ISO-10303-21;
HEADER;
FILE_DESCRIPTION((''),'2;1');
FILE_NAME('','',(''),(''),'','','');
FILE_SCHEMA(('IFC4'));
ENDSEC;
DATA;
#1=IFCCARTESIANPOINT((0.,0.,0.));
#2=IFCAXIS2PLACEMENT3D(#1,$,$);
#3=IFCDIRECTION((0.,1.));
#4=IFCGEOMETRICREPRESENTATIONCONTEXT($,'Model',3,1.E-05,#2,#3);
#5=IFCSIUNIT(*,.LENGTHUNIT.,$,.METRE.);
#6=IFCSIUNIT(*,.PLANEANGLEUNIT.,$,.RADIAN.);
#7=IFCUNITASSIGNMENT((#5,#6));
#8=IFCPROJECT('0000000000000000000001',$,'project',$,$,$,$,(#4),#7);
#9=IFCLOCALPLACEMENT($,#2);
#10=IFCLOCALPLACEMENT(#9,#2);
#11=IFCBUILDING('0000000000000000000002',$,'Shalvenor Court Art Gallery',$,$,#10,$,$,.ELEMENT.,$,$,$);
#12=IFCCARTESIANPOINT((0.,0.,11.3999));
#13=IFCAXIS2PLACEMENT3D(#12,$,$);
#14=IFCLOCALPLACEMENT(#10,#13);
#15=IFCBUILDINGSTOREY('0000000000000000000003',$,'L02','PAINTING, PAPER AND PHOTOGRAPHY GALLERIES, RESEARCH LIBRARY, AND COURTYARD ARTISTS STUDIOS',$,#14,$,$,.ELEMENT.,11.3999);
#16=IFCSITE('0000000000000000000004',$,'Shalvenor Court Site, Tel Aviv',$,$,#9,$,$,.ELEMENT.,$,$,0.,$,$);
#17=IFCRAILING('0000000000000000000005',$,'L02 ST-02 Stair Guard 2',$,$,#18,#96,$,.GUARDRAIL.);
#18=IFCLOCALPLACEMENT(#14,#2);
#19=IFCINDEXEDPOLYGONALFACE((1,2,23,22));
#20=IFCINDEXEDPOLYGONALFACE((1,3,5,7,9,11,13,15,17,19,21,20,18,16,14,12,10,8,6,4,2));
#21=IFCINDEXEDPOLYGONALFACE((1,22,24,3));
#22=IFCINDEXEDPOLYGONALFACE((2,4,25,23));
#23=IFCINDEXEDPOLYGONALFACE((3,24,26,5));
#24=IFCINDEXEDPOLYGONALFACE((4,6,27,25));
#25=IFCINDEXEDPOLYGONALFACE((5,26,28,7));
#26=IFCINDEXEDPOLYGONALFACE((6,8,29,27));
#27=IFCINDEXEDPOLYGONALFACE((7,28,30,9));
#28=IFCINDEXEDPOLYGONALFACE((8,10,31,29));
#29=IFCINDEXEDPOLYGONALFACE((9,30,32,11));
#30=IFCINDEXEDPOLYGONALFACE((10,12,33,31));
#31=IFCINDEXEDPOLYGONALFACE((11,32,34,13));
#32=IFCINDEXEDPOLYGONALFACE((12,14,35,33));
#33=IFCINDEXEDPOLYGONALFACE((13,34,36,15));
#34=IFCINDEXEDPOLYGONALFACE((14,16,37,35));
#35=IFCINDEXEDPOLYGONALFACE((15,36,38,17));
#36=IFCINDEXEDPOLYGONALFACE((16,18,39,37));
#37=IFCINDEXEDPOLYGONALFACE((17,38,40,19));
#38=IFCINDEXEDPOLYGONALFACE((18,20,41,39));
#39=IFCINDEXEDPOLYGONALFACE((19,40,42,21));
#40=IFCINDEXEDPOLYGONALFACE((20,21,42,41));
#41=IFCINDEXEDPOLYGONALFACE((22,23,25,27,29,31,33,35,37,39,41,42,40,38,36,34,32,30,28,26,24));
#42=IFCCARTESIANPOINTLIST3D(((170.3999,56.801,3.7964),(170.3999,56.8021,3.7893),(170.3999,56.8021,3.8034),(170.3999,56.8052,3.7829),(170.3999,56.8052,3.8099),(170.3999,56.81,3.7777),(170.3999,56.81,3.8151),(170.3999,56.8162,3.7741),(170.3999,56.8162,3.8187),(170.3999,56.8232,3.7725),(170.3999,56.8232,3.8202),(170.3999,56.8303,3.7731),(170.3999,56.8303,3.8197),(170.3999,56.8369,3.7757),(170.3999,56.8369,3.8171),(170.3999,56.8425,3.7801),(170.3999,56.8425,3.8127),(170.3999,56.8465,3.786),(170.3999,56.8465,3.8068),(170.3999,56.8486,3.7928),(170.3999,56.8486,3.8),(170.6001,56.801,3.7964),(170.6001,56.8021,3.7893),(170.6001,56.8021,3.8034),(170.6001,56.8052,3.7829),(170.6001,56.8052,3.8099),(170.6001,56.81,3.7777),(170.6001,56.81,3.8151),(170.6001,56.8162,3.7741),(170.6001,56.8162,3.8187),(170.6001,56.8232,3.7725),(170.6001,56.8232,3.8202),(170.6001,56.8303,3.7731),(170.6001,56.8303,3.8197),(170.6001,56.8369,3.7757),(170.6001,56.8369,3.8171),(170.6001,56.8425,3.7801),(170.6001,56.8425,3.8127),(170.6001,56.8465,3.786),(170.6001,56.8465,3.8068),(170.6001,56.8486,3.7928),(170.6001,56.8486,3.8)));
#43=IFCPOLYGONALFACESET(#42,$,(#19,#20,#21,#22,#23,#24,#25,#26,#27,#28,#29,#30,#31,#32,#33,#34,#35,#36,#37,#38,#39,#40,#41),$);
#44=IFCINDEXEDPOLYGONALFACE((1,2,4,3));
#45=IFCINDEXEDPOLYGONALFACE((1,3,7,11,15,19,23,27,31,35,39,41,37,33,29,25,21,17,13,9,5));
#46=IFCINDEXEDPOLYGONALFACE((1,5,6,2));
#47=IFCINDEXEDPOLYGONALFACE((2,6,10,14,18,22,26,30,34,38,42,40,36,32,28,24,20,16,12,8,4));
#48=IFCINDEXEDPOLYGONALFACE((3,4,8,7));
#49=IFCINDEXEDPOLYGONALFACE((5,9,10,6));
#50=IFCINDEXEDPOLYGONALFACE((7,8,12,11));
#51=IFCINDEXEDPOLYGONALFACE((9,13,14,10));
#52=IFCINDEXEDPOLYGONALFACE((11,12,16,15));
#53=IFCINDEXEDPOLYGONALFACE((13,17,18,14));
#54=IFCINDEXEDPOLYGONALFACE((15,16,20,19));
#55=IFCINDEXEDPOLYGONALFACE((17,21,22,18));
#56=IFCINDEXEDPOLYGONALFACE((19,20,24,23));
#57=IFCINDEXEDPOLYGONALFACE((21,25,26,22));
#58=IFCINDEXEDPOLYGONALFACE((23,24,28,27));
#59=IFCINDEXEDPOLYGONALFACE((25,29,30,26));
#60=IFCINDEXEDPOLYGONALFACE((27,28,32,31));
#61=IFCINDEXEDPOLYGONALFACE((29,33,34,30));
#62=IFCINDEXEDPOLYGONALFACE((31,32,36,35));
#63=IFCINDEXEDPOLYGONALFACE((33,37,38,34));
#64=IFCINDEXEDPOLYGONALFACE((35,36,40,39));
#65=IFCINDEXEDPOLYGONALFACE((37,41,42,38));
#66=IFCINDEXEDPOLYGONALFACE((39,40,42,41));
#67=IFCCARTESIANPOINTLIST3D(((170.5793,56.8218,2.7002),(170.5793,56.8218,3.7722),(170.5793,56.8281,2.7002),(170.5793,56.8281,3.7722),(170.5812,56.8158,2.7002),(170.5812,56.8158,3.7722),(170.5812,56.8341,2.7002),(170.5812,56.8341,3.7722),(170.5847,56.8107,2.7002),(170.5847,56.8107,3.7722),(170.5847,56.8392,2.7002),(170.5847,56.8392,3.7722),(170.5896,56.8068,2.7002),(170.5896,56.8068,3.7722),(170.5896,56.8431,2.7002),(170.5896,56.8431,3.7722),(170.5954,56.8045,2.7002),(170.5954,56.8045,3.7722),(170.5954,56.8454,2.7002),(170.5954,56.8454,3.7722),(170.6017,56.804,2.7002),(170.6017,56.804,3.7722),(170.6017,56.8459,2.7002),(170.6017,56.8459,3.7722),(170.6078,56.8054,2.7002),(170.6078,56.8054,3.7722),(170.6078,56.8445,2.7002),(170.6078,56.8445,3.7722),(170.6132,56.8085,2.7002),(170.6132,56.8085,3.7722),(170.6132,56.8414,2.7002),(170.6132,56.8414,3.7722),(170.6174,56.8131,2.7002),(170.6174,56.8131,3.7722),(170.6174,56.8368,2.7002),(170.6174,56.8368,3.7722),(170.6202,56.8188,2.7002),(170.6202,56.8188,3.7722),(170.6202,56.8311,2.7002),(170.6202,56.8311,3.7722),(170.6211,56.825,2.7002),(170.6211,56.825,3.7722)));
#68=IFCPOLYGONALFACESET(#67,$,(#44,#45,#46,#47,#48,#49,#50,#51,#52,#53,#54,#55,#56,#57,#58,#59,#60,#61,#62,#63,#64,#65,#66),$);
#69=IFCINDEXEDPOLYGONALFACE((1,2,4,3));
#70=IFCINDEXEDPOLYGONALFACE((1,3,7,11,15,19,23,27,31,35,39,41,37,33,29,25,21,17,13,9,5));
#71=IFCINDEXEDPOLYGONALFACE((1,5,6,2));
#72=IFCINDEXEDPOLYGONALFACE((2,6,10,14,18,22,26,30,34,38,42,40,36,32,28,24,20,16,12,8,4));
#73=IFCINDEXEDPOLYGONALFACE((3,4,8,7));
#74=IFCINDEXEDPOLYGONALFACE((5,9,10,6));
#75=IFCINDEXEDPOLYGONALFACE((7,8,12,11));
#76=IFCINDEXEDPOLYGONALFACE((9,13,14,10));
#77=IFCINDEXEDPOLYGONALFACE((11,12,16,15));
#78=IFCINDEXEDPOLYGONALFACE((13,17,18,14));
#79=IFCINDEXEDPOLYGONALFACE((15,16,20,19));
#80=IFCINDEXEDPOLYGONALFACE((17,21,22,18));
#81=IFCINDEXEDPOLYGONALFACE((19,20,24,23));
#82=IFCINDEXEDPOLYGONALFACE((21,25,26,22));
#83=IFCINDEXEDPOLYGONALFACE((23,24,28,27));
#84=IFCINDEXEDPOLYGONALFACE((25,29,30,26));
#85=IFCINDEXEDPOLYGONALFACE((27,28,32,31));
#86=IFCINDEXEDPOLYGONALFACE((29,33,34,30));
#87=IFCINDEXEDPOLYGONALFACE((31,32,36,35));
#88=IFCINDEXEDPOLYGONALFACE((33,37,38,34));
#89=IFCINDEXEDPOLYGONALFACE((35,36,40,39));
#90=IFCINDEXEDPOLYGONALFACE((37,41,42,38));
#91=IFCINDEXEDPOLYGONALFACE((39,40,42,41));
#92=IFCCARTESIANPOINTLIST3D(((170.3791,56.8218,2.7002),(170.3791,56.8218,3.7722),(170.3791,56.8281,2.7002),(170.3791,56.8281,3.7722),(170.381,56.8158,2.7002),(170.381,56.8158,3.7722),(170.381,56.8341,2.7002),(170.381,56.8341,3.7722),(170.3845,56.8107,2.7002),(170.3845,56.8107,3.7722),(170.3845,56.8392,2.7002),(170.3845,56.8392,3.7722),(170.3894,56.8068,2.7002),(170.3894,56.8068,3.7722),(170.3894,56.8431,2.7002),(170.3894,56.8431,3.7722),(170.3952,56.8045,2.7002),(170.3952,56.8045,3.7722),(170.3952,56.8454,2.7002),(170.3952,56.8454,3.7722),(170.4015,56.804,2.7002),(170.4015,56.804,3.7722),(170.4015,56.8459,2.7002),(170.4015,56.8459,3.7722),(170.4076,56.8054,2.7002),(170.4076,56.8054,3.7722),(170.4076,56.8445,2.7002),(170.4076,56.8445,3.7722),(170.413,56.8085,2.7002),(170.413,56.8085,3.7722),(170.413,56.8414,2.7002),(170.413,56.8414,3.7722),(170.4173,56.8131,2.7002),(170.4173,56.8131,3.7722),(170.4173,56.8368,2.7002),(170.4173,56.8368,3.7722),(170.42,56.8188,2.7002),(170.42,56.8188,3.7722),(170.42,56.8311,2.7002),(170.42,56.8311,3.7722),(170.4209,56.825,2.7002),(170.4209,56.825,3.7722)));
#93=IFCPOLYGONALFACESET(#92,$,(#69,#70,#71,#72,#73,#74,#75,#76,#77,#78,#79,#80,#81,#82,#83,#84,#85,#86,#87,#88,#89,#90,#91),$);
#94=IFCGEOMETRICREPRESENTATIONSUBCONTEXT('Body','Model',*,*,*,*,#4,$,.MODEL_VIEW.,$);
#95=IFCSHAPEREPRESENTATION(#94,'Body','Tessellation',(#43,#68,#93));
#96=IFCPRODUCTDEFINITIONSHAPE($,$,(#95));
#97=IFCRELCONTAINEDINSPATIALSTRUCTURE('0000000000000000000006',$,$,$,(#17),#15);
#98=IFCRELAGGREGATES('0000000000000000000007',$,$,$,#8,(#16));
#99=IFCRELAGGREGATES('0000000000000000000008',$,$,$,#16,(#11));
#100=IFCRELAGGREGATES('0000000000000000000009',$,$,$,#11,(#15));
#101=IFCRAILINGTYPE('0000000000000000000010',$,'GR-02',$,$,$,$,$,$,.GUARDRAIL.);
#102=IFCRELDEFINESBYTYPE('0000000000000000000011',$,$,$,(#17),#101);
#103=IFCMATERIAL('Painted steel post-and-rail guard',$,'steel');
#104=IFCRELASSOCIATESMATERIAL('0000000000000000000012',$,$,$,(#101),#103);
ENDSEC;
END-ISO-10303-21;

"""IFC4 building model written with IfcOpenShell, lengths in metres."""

from ifc_helpers import new_model, si_unit, direction, frame, origin, origin_2d, place, context, subcontext, project, spatial, circle, extrude, material, type_object, element, save


model = new_model("IFC4")

# Units and contexts
model_context = context("Model", 3, precision=1e-05, world=origin(), true_north=direction((0.0, 1.0)))
body_context = subcontext(model_context, "Body", "Model", "MODEL_VIEW")
ifc_project = project(units=[si_unit("LENGTHUNIT", "METRE"), si_unit("PLANEANGLEUNIT", "RADIAN")], contexts=[model_context])

# Site, building, storey
site_placement = place(None, origin())
site = spatial("IfcSite", under=ifc_project, at=site_placement, Name="Shalvenor Court Site, Tel Aviv", CompositionType="ELEMENT", RefElevation=0.0)
building_placement = place(site_placement, origin())
building = spatial("IfcBuilding", under=site, at=building_placement, Name="Shalvenor Court Art Gallery", CompositionType="ELEMENT")
storey_placement = place(building_placement, frame((0.0, 0.0, 11.3999)))
storey = spatial("IfcBuildingStorey", under=building, at=storey_placement, Name="L02", Description="PAINTING, PAPER AND PHOTOGRAPHY GALLERIES, RESEARCH LIBRARY, AND COURTYARD ARTISTS STUDIOS", CompositionType="ELEMENT", Elevation=11.3999)

# Railing
ifc_material_1 = material(Name="Painted steel post-and-rail guard", Category="steel")
railing_type_1 = type_object("IfcRailingType", Name="GR-02", PredefinedType="GUARDRAIL", material=ifc_material_1)
railing_1_placement = place(storey_placement, frame((170.6001, 56.825, 2.7002)))
element("IfcRailing", 1, at=railing_1_placement, inside=storey, type_object=railing_type_1, Name="L02 ST-02 Stair Guard 2", PredefinedType="GUARDRAIL", context=body_context, shape_type="SweptSolid", body=[
    extrude(circle(Radius=0.0239, at=origin_2d()), frame((0.0, 0.0, 1.0962), z_axis=(-1.0, 0.0, 0.0), x_axis=(0.0, -1.0, 0.0)), (0.0, 0.0, 1.0), 0.2002),
    extrude(circle(Radius=0.021, at=origin_2d()), origin(), (0.0, 0.0, 1.0), 1.072),
    extrude(circle(Radius=0.021, at=origin_2d()), frame((-0.2002, 0.0, 0.0)), (0.0, 0.0, 1.0), 1.072),
])

save(model, "model.ifc")
